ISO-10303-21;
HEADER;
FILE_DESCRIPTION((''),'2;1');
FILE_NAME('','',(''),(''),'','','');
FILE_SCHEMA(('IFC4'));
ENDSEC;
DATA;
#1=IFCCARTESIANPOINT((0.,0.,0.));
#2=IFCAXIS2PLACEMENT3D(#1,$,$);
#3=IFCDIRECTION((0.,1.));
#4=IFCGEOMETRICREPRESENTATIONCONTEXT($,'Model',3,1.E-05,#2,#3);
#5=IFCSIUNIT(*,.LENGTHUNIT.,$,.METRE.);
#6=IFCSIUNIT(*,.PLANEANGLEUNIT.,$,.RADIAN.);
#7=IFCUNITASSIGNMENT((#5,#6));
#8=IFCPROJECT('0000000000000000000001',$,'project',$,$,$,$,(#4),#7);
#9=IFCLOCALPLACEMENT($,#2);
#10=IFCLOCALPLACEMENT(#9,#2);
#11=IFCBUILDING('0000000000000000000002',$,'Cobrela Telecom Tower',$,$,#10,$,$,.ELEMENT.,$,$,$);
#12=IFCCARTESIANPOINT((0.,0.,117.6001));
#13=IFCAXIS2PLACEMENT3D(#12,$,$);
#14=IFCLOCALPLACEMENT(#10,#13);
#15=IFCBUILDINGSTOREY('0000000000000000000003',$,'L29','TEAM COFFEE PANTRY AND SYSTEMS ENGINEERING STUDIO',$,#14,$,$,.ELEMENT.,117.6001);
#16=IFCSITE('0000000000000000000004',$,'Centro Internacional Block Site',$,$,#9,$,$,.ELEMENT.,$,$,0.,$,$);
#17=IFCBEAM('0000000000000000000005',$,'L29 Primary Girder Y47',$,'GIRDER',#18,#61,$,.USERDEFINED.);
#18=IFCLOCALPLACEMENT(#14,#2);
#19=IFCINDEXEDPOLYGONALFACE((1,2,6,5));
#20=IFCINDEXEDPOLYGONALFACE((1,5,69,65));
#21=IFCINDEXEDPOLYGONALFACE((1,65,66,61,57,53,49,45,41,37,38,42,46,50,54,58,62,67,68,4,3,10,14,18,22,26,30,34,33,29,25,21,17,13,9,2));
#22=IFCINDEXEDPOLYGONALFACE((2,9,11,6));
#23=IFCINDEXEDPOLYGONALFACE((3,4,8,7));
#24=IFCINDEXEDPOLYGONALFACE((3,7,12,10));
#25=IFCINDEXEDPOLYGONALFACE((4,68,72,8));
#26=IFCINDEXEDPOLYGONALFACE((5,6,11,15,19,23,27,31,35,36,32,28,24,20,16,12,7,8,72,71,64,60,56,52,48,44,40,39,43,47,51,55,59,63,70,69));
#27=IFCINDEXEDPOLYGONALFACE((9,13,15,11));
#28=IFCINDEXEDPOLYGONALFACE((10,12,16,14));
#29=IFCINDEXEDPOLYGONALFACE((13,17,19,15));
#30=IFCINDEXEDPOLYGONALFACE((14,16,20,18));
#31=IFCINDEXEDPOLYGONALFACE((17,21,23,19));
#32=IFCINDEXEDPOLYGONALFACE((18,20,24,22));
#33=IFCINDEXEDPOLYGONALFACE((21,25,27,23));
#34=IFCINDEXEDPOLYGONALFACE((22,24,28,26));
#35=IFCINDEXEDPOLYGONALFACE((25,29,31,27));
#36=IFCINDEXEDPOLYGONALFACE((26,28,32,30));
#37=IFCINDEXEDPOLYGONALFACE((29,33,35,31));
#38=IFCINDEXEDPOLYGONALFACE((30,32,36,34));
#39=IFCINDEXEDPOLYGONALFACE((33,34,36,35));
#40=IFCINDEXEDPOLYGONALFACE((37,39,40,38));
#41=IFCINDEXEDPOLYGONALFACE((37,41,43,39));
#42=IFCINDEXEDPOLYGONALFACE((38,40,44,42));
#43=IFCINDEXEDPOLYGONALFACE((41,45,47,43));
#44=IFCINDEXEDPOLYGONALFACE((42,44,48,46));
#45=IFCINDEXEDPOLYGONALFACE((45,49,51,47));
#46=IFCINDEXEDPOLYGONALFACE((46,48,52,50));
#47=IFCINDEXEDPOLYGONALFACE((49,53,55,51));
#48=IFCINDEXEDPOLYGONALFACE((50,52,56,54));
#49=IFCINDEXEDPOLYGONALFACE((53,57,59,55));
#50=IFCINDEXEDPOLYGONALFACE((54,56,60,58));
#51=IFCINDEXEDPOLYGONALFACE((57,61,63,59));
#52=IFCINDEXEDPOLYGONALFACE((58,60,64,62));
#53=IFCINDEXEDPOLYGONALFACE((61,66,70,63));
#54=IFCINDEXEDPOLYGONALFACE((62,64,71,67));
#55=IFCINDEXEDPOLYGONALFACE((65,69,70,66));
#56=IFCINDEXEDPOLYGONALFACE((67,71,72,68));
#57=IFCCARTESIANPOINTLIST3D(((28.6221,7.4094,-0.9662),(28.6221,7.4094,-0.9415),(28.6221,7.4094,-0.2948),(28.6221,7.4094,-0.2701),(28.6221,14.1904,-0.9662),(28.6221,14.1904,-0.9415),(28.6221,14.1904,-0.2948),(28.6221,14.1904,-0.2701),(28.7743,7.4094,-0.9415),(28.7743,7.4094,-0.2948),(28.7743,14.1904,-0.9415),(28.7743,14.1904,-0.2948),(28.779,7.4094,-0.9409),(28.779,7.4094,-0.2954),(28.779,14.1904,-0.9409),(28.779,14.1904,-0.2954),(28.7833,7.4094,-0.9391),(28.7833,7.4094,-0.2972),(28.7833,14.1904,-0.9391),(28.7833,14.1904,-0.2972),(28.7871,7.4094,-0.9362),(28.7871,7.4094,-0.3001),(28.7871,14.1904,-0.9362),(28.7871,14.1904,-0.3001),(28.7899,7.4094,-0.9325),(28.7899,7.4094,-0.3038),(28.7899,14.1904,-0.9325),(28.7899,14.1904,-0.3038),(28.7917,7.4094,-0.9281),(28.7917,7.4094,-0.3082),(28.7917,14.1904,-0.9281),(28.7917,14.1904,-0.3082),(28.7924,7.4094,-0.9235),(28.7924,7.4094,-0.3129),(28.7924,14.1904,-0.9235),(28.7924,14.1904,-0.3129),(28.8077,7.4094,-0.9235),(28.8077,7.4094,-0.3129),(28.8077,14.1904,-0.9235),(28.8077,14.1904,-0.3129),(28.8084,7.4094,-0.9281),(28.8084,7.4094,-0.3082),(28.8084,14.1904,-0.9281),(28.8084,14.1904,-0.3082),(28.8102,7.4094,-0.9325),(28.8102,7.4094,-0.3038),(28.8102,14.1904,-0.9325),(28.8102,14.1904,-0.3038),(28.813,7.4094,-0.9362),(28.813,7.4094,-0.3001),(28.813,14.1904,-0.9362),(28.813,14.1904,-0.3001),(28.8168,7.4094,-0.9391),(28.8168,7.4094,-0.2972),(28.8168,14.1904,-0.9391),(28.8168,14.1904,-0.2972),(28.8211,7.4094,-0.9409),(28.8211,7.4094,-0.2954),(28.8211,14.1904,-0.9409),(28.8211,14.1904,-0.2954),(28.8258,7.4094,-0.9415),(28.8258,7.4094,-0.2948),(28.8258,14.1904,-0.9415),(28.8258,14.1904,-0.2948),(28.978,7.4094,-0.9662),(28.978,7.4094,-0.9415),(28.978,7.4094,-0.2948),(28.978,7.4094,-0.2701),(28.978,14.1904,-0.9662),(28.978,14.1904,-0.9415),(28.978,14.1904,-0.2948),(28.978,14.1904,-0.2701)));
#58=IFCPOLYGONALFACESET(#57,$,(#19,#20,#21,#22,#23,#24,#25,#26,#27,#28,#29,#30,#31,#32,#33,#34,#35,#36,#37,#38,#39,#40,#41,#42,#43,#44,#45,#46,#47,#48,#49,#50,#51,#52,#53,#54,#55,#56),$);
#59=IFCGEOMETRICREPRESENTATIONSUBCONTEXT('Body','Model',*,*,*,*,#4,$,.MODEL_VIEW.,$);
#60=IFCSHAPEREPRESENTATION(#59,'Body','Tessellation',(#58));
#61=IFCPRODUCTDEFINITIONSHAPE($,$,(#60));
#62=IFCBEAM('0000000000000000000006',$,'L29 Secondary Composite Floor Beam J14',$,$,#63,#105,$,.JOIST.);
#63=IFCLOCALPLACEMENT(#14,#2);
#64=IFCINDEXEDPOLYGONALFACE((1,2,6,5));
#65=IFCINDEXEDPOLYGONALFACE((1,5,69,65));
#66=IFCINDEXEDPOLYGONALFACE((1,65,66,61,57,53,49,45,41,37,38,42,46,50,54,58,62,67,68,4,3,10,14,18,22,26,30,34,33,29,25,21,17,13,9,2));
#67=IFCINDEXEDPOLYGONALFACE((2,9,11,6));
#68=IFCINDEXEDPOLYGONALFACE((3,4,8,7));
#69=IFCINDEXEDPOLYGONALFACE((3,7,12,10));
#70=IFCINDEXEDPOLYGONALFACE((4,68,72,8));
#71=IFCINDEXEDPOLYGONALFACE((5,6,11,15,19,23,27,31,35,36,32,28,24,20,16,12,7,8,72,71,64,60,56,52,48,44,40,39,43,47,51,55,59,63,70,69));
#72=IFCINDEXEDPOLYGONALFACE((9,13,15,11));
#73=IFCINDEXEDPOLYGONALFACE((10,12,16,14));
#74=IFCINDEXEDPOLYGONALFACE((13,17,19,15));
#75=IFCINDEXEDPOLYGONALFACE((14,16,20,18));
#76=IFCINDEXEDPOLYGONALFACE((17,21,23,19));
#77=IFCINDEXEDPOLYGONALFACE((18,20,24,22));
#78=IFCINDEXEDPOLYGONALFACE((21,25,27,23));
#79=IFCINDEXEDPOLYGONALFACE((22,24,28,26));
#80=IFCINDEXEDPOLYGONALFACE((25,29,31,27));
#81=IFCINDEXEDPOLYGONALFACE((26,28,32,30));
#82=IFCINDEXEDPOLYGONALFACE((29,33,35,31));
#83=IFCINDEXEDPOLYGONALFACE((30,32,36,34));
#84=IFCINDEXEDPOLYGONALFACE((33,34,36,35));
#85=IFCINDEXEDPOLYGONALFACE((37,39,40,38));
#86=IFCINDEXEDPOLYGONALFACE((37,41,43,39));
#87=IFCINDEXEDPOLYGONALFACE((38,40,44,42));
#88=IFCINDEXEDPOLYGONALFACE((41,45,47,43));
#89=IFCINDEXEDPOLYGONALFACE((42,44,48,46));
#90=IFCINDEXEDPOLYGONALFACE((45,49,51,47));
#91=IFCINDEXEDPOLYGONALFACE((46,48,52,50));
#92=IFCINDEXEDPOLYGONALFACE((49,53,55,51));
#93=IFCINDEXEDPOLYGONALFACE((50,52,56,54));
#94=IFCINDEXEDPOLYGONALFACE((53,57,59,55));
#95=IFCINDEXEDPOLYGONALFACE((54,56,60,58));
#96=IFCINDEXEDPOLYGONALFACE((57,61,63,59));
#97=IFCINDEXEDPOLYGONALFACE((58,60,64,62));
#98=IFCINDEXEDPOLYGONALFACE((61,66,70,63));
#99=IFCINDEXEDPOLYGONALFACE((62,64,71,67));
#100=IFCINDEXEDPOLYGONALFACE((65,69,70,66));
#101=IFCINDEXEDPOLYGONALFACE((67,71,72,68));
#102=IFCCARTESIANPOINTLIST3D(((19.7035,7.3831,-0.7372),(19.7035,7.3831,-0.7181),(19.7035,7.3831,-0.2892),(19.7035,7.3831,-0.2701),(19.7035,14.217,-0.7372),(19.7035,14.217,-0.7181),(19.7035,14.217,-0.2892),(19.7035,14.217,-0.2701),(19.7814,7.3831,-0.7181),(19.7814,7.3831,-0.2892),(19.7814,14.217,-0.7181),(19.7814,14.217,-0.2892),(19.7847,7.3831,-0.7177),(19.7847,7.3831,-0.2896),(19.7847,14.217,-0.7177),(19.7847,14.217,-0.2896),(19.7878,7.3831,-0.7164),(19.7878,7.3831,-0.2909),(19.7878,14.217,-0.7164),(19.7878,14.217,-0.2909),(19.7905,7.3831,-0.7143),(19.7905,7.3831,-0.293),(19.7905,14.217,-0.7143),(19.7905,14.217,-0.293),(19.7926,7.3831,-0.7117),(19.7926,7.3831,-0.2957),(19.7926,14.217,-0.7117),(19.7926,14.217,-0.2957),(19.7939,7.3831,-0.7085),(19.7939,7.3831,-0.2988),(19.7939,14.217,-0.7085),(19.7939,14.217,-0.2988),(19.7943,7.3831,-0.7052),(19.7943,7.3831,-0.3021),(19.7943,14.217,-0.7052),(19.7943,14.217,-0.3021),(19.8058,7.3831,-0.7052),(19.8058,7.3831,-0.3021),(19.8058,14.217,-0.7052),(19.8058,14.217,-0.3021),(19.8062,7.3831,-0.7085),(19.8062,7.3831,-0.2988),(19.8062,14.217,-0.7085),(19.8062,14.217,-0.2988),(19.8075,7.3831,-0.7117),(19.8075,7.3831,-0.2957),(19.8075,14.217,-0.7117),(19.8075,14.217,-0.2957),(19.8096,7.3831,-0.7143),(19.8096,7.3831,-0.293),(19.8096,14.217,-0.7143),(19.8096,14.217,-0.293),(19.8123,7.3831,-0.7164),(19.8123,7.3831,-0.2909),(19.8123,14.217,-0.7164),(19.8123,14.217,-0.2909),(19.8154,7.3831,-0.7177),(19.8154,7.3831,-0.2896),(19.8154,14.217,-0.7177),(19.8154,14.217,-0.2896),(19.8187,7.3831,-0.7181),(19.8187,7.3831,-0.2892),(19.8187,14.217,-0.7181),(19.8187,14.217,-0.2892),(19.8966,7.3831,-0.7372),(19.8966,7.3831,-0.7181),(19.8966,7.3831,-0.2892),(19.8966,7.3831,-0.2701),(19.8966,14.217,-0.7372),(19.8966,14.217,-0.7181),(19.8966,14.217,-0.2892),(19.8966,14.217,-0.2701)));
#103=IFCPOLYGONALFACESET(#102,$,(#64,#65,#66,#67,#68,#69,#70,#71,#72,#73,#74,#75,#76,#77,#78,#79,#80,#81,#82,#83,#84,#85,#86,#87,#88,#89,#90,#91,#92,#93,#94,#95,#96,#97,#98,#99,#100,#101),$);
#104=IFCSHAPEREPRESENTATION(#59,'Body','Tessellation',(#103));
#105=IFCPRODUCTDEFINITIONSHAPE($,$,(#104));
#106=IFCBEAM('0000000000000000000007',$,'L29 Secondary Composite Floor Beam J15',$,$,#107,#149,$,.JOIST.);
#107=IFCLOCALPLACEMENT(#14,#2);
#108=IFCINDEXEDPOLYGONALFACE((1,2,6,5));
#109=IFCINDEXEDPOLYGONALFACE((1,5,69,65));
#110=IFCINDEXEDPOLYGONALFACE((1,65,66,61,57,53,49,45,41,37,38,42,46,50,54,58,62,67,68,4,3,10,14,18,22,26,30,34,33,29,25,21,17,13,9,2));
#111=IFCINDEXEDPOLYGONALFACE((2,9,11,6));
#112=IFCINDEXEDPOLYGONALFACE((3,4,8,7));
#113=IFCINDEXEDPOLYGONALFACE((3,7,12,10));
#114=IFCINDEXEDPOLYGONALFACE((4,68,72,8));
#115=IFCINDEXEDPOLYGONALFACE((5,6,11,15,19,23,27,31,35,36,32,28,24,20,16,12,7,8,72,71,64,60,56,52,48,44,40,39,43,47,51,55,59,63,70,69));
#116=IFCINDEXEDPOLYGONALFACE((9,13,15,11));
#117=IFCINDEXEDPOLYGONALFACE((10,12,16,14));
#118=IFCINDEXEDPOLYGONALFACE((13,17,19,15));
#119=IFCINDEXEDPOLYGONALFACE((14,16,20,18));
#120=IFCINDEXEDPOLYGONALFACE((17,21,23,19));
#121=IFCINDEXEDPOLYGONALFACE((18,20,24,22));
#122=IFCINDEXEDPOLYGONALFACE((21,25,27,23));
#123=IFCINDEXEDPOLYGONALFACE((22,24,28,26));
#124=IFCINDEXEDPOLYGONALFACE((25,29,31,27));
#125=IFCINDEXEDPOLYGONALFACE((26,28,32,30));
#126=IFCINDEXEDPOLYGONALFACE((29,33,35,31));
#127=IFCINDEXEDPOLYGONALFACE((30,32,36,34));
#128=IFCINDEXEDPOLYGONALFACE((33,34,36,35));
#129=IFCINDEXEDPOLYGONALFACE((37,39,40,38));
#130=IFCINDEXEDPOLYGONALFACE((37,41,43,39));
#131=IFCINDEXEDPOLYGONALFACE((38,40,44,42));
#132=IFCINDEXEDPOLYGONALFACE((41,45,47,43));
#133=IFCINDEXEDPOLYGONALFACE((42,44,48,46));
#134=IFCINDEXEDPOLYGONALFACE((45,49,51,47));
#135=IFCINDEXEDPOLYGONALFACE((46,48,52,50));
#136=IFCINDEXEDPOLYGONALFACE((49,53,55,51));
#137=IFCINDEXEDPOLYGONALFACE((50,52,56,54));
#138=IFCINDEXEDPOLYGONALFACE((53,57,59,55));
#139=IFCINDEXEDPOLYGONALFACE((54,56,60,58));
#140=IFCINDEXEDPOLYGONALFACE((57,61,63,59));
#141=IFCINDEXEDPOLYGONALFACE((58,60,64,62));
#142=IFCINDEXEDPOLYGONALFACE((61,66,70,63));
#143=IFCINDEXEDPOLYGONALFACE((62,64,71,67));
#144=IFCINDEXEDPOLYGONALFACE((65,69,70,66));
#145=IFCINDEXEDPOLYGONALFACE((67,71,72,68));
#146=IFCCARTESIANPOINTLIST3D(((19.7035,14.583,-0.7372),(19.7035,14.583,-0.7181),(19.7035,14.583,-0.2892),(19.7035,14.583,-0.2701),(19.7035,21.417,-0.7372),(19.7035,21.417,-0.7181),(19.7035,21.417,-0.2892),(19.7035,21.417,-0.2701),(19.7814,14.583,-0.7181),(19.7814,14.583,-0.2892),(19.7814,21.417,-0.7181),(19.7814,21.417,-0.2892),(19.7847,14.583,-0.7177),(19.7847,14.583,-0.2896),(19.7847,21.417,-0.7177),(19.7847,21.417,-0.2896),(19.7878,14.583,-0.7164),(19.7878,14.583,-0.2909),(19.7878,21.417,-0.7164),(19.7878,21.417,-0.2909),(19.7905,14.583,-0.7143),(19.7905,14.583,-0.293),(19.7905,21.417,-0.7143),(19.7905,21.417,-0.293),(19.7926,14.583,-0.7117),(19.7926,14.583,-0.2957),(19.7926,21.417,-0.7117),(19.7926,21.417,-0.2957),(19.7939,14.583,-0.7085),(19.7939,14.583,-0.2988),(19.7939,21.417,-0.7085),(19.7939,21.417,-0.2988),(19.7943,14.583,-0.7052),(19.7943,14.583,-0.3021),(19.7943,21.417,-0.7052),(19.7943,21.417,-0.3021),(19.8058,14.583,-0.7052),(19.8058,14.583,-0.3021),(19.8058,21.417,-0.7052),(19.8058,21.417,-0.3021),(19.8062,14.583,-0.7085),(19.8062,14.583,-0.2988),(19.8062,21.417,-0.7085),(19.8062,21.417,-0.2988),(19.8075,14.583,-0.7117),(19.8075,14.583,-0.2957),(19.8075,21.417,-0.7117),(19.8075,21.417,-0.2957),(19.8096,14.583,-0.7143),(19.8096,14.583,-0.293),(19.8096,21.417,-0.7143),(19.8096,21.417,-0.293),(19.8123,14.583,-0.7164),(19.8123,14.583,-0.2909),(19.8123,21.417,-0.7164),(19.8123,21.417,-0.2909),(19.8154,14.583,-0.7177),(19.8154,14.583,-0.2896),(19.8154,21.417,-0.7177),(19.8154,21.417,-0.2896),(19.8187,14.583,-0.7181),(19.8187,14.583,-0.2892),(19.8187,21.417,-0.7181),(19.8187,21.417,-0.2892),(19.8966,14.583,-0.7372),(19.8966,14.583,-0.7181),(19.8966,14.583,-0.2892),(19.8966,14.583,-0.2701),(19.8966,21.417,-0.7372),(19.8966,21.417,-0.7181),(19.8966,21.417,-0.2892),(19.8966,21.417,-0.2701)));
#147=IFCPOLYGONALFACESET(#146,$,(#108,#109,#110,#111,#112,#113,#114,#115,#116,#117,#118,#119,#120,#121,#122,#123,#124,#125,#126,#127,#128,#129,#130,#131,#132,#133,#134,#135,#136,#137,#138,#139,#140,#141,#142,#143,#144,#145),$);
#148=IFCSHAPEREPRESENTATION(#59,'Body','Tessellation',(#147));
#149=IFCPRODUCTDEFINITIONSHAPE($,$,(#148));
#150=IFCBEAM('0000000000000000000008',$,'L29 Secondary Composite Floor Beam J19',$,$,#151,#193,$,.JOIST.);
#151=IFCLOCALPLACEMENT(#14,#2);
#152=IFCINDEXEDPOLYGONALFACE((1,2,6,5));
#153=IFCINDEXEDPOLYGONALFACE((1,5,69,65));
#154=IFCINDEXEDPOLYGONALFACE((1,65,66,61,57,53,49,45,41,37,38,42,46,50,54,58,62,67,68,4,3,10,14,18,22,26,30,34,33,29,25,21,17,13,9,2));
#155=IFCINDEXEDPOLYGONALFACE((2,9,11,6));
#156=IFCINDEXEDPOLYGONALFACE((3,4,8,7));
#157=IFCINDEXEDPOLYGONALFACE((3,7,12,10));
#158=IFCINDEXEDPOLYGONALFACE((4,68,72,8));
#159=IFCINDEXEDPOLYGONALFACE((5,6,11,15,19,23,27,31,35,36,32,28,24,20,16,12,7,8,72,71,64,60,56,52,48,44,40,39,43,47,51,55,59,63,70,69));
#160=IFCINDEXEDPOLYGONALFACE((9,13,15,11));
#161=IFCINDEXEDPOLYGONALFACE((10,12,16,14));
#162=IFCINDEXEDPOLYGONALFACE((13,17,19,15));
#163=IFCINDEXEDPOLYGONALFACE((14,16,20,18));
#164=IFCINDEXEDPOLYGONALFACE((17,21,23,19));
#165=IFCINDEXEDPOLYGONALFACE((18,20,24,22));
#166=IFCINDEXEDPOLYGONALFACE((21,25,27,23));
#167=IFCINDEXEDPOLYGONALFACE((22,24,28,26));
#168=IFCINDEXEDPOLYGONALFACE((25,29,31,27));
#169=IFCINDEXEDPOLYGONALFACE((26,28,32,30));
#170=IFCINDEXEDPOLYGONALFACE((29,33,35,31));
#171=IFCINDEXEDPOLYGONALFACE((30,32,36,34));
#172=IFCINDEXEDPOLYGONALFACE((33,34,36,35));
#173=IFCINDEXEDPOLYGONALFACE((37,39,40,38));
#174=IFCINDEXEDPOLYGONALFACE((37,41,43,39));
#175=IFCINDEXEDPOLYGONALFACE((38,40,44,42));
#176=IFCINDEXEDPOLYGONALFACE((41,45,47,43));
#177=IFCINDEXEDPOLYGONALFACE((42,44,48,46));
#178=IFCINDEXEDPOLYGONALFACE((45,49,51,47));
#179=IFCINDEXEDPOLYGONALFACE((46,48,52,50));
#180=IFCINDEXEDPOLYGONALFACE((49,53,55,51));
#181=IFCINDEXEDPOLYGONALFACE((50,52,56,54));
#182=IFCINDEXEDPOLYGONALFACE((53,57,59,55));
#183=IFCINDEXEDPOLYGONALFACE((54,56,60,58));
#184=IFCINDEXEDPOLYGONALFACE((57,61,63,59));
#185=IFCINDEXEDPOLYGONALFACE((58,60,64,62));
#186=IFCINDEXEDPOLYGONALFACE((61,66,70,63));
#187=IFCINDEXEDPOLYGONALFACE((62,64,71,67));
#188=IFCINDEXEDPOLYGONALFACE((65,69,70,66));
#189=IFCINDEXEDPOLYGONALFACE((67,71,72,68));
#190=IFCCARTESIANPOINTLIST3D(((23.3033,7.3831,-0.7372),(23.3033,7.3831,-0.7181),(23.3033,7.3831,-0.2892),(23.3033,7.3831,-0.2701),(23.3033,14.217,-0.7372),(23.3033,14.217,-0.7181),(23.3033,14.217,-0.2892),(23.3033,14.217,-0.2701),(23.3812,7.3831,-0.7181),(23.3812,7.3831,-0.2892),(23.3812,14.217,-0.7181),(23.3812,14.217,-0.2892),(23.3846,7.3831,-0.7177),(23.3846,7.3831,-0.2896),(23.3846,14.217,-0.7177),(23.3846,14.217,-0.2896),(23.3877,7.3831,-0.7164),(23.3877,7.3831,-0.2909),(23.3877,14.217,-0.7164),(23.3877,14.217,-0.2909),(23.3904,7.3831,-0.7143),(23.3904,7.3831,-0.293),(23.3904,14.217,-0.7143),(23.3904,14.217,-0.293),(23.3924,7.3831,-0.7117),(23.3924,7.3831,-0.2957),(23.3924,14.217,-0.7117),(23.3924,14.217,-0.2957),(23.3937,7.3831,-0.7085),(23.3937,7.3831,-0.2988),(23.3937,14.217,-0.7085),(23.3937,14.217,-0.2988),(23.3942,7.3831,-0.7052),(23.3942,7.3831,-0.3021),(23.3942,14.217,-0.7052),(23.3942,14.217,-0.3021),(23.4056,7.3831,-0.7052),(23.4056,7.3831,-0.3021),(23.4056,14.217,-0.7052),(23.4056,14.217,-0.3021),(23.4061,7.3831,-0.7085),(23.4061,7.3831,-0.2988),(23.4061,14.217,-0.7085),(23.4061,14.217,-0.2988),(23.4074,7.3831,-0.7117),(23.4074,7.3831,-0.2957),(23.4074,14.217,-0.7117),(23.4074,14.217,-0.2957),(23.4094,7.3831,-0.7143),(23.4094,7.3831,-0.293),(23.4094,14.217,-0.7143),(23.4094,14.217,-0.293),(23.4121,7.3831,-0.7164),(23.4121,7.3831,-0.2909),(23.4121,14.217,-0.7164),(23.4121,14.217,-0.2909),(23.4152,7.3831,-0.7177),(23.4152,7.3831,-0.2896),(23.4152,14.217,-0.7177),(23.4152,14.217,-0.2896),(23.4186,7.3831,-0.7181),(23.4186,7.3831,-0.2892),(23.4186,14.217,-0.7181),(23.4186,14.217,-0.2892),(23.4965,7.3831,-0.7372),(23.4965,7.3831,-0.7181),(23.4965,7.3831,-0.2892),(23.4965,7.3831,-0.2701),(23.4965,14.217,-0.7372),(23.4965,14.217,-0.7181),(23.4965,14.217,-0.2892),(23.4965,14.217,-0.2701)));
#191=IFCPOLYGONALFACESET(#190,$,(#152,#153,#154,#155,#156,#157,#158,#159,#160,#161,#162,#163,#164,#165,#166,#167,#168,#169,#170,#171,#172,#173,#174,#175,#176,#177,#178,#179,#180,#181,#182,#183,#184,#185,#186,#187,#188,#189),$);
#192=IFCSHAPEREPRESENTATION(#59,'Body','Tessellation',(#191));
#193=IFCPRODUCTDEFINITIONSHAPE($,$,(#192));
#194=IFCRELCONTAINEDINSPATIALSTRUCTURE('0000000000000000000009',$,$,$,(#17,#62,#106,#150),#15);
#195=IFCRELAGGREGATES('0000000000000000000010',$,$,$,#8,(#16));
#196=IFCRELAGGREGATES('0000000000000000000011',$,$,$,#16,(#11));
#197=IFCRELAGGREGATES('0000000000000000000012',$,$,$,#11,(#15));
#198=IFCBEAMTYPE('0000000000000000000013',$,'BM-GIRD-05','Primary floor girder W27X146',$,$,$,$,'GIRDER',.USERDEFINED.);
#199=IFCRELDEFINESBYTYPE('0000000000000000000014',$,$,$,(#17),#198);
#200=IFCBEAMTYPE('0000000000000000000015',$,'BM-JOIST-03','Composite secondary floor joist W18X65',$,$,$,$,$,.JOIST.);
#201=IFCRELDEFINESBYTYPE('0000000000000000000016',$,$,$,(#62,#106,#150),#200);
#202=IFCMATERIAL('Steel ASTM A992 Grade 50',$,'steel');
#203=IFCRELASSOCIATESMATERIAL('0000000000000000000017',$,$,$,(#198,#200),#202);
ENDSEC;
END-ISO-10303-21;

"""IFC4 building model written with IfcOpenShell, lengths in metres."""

from ifc_helpers import new_model, si_unit, direction, frame, origin, origin_2d, place, context, subcontext, project, spatial, i_section, extrude, material, material_profile, profile_set, type_object, element, save


model = new_model("IFC4")

# Units and contexts
model_context = context("Model", 3, precision=1e-05, world=origin(), true_north=direction((0.0, 1.0)))
body_context = subcontext(model_context, "Body", "Model", "MODEL_VIEW")
ifc_project = project(units=[si_unit("LENGTHUNIT", "METRE"), si_unit("PLANEANGLEUNIT", "RADIAN")], contexts=[model_context])

# Site, building, storey
site_placement = place(None, origin())
site = spatial("IfcSite", under=ifc_project, at=site_placement, Name="Centro Internacional Block Site", CompositionType="ELEMENT", RefElevation=0.0)
building_placement = place(site_placement, origin())
building = spatial("IfcBuilding", under=site, at=building_placement, Name="Cobrela Telecom Tower", CompositionType="ELEMENT")
storey_placement = place(building_placement, frame((0.0, 0.0, 117.6001)))
storey = spatial("IfcBuildingStorey", under=building, at=storey_placement, Name="L29", Description="TEAM COFFEE PANTRY AND SYSTEMS ENGINEERING STUDIO", CompositionType="ELEMENT", Elevation=117.6001)

# Shared definitions
ifc_material_1 = material(Name="Steel ASTM A992 Grade 50", Category="steel")

# Beams
ifc_material_profile_1 = material_profile(ifc_material_1, i_section(OverallWidth=0.356, OverallDepth=0.696, WebThickness=0.0154, FlangeThickness=0.0247, FilletRadius=0.0181, at=origin_2d()), Name="W27X146")
ifc_profile_set_1 = profile_set([ifc_material_profile_1], Name="Steel ASTM A992 Grade 50")
beam_type_1 = type_object("IfcBeamType", Name="BM-GIRD-05", Description="Primary floor girder W27X146", ElementType="GIRDER", PredefinedType="USERDEFINED", material=ifc_profile_set_1)
beam_1_placement = place(storey_placement, frame((28.8, 7.4094, -0.6182), z_axis=(0.0, 1.0, 0.0), x_axis=(-1.0, 0.0, 0.0)))
element("IfcBeam", 1, at=beam_1_placement, inside=storey, type_object=beam_type_1, Name="L29 Primary Girder Y47", ObjectType="GIRDER", PredefinedType="USERDEFINED", context=body_context, shape_type="SweptSolid", body=[
    extrude(i_section(OverallWidth=0.356, OverallDepth=0.696, WebThickness=0.0154, FlangeThickness=0.0247, FilletRadius=0.0181, at=origin_2d()), origin(), (0.0, 0.0, 1.0), 6.781),
])
ifc_material_profile_2 = material_profile(ifc_material_1, i_section(OverallWidth=0.1931, OverallDepth=0.467, WebThickness=0.0115, FlangeThickness=0.019, FilletRadius=0.0129, at=origin_2d()), Name="W18X65")
ifc_profile_set_2 = profile_set([ifc_material_profile_2], Name="Steel ASTM A992 Grade 50")
beam_type_2 = type_object("IfcBeamType", Name="BM-JOIST-03", Description="Composite secondary floor joist W18X65", PredefinedType="JOIST", material=ifc_profile_set_2)
for number, where, z_axis, x_axis, name in (
    (2, (19.8, 7.3831, -0.5037), (0.0, 1.0, 0.0), (-1.0, 0.0, 0.0), "L29 Secondary Composite Floor Beam J14"),
    (3, (19.8, 14.583, -0.5037), (0.0, 1.0, 0.0), (-1.0, 0.0, 0.0), "L29 Secondary Composite Floor Beam J15"),
    (4, (23.3999, 7.3831, -0.5037), (0.0, 1.0, 0.0), (-1.0, 0.0, 0.0), "L29 Secondary Composite Floor Beam J19"),
):
    element("IfcBeam", number, at=place(storey_placement, frame(where, z_axis=z_axis, x_axis=x_axis)), inside=storey, type_object=beam_type_2, Name=name, PredefinedType="JOIST", context=body_context, shape_type="SweptSolid", body=[
        extrude(i_section(OverallWidth=0.1931, OverallDepth=0.467, WebThickness=0.0115, FlangeThickness=0.019, FilletRadius=0.0129, at=origin_2d()), origin(), (0.0, 0.0, 1.0), 6.834),
    ])

save(model, "model.ifc")
